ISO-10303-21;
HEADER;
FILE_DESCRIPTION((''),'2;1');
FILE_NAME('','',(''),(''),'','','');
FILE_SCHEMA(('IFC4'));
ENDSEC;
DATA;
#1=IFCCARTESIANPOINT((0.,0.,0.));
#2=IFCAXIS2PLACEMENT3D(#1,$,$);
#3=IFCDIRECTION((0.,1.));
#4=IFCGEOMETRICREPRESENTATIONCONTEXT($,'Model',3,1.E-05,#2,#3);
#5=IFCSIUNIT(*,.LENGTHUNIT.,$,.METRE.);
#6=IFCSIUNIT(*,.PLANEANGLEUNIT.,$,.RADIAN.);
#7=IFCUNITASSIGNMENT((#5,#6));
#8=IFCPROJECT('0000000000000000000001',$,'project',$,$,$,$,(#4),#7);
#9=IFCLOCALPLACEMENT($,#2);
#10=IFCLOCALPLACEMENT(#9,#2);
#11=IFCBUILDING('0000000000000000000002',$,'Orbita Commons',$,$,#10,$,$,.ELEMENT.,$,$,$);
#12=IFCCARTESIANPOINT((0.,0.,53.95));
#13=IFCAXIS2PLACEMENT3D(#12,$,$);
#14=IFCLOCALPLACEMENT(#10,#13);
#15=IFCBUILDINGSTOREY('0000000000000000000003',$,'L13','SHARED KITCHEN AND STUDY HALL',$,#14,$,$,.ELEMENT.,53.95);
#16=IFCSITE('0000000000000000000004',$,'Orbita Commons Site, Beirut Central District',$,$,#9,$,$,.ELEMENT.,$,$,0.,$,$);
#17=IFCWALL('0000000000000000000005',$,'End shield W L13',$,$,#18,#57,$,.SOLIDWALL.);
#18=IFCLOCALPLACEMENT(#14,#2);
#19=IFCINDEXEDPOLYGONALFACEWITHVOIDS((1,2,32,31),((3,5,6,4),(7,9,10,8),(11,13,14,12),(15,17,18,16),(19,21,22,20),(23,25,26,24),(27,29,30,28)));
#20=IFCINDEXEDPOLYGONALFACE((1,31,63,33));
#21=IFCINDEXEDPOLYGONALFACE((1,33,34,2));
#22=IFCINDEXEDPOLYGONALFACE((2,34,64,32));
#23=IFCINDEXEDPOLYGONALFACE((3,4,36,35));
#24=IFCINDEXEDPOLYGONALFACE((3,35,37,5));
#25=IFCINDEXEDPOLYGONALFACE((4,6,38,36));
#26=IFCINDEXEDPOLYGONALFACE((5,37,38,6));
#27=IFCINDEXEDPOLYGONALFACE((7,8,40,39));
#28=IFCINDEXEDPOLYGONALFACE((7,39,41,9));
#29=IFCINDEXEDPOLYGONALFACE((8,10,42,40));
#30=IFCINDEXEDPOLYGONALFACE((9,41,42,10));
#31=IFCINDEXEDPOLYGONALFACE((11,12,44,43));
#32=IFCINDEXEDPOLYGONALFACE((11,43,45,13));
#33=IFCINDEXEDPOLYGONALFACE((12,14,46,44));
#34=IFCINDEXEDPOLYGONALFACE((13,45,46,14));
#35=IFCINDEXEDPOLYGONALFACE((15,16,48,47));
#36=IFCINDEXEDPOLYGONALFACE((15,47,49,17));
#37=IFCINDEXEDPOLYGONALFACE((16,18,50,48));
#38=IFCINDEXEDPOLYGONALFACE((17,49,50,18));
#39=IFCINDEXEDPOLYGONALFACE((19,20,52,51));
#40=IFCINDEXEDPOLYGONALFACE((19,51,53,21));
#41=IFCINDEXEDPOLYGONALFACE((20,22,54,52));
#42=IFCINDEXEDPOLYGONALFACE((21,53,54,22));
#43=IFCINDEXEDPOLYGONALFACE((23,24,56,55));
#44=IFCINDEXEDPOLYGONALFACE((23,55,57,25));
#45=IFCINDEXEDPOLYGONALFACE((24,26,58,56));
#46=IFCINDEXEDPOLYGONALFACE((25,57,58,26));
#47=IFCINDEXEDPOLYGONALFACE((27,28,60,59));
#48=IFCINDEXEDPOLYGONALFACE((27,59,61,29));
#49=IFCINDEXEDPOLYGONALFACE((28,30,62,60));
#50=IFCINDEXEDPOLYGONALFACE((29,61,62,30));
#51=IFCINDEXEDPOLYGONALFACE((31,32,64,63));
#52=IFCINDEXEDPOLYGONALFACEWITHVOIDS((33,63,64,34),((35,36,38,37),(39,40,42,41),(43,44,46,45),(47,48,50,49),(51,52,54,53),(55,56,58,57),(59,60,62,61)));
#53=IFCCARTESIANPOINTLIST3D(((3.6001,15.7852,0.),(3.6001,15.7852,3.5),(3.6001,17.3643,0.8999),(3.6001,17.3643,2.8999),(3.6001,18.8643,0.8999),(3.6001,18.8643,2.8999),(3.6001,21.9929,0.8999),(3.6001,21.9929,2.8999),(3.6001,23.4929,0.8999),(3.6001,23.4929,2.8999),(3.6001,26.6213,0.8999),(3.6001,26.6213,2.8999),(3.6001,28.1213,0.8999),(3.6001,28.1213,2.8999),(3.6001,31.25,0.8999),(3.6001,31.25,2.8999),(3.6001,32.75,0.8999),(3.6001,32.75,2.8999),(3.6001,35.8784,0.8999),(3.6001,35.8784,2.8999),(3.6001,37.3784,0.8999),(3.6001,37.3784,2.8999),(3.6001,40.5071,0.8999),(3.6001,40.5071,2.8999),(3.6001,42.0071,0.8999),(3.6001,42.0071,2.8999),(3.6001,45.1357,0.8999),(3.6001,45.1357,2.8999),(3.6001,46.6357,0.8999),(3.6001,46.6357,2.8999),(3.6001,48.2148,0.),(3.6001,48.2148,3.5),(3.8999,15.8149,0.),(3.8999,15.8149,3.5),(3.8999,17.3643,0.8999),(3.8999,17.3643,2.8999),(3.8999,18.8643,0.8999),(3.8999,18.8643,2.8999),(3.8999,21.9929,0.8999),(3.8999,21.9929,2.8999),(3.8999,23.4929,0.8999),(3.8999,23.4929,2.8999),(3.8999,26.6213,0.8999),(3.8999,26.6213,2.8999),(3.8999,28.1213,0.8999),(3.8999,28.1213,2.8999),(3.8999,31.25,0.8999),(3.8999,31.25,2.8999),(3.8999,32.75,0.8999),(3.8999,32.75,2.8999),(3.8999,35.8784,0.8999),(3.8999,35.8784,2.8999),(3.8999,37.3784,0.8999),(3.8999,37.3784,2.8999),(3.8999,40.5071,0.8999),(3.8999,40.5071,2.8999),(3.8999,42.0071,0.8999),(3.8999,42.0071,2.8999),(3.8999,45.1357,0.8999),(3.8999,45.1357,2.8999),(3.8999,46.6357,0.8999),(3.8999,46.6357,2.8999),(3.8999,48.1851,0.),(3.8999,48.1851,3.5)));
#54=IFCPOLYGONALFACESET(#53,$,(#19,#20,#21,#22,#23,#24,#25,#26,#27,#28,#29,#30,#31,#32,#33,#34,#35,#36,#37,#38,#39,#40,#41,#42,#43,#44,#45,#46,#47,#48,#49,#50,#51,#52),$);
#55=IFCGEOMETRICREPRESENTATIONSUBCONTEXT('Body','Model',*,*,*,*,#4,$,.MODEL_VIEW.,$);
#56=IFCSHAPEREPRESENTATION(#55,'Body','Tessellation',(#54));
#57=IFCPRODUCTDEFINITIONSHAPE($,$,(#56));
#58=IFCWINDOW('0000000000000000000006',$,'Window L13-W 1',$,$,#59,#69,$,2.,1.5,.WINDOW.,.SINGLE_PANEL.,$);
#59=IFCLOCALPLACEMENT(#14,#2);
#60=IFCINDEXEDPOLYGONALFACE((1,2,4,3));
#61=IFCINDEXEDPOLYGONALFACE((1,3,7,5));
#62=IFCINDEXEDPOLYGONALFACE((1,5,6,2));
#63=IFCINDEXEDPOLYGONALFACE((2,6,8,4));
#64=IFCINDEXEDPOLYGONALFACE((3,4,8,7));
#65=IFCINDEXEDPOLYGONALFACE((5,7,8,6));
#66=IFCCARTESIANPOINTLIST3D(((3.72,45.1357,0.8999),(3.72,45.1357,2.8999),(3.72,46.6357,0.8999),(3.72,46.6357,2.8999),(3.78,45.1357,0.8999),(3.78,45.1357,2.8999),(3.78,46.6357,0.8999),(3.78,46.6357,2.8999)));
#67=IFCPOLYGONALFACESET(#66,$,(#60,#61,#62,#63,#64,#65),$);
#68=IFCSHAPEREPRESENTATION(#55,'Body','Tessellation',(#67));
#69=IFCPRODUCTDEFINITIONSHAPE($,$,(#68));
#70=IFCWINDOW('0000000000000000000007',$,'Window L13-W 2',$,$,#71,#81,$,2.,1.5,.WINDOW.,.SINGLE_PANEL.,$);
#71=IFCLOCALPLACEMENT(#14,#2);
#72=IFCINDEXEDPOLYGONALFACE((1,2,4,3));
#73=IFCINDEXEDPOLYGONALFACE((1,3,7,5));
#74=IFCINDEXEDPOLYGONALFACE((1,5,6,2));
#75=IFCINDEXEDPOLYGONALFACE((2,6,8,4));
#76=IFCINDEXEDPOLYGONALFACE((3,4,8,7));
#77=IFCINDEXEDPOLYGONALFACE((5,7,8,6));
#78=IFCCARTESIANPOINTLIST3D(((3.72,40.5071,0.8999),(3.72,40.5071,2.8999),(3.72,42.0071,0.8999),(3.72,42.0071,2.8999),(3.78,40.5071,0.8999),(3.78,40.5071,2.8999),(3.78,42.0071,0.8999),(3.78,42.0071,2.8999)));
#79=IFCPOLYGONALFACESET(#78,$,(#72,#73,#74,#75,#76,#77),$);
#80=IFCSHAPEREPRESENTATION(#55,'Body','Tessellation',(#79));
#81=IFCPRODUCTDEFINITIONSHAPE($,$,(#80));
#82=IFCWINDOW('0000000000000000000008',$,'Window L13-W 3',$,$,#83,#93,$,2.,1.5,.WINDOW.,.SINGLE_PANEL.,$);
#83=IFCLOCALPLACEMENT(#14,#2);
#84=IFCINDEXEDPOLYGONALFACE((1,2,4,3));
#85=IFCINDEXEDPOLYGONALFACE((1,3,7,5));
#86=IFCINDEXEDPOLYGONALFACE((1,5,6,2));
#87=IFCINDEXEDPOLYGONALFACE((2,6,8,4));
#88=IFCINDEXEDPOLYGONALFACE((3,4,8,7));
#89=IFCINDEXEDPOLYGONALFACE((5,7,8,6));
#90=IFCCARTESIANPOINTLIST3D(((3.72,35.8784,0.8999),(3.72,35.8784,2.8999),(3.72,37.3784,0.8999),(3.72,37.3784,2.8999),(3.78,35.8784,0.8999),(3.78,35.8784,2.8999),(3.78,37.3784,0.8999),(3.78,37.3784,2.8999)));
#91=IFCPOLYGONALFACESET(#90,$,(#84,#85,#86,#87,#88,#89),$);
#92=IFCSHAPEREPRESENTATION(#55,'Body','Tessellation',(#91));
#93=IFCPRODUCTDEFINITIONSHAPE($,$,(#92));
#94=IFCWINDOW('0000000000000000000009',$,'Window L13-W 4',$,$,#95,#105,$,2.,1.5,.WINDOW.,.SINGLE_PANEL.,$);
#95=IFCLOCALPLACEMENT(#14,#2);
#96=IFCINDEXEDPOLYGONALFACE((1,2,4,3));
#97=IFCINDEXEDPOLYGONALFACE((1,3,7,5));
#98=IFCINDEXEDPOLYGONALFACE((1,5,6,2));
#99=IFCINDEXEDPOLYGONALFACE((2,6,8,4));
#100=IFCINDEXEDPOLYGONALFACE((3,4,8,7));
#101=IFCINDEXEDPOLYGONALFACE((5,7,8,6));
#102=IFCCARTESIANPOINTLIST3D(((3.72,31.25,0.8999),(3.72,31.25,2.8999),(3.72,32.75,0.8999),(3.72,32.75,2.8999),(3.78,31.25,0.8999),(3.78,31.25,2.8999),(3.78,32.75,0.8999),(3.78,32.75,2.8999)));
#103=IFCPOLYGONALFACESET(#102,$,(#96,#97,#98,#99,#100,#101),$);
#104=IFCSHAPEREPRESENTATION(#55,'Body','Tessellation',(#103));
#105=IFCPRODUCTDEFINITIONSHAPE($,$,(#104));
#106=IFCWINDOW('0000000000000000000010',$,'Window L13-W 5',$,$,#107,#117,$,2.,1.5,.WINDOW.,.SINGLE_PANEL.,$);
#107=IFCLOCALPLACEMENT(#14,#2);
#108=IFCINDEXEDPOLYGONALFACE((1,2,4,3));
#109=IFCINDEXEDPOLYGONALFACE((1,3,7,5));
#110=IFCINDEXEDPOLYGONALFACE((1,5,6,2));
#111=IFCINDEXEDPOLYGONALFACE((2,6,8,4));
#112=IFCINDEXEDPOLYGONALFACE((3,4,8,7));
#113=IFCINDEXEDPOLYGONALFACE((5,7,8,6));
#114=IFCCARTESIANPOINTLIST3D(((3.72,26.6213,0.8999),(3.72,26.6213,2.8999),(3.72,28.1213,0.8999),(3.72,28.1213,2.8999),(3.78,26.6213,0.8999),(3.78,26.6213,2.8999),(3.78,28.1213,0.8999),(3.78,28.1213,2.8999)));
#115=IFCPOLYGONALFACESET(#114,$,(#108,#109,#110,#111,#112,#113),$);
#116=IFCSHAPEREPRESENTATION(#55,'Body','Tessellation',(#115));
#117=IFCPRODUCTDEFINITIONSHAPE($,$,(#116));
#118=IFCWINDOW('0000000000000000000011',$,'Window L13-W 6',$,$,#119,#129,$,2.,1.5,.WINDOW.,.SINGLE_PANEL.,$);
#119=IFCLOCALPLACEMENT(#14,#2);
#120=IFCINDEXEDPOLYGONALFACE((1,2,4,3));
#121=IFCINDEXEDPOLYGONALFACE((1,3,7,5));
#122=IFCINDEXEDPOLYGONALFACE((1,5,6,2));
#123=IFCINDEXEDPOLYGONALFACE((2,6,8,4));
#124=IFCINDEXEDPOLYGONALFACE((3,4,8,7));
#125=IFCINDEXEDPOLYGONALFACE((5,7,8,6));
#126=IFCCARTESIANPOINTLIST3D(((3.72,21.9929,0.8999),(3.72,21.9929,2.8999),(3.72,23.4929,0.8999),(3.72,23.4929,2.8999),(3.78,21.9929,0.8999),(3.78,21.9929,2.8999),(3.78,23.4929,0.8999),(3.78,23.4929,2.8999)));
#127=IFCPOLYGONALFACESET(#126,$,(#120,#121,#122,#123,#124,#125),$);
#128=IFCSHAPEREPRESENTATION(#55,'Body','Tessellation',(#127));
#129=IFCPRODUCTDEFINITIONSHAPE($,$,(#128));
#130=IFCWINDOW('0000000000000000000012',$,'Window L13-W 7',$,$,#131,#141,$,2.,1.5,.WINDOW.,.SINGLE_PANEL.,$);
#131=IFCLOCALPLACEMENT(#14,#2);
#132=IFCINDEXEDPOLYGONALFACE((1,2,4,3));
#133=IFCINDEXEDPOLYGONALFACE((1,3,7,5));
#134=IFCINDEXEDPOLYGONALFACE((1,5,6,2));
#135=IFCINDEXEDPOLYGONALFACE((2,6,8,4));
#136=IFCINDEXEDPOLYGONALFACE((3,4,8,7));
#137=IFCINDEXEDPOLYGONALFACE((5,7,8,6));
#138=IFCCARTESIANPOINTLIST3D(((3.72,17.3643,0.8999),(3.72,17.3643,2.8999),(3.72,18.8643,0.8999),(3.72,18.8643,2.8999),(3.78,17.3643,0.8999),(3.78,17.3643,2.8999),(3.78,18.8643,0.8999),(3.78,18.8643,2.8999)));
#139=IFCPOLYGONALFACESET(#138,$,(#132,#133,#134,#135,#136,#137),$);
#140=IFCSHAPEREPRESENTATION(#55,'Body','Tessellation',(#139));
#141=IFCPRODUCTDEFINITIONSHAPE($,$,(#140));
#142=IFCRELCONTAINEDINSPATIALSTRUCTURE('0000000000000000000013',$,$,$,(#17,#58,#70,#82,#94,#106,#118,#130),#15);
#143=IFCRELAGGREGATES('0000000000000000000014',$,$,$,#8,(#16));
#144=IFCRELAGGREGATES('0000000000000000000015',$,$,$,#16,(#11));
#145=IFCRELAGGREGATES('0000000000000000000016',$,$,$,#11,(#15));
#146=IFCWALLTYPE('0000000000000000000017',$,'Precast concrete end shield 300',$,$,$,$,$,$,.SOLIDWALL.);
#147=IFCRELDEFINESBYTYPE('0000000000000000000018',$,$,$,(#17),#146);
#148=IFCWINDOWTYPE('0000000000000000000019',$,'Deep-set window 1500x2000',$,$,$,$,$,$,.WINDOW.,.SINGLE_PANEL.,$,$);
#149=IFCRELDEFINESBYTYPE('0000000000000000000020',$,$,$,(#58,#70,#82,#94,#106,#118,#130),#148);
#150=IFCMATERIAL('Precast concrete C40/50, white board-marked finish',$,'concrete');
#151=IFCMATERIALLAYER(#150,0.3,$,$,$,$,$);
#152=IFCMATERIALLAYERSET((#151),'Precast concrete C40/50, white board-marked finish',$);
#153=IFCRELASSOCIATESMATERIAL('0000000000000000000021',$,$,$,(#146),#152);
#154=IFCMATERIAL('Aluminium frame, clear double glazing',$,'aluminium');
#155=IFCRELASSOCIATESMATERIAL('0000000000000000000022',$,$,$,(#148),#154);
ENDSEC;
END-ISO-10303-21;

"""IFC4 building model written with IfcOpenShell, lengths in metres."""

from ifc_helpers import new_model, si_unit, direction, frame, frame_2d, origin, place, context, subcontext, project, spatial, polyline, rectangle, outline, extrude, material, layer, layer_set, type_object, element, fill, save


model = new_model("IFC4")

# Units and contexts
model_context = context("Model", 3, precision=1e-05, world=origin(), true_north=direction((0.0, 1.0)))
body_context = subcontext(model_context, "Body", "Model", "MODEL_VIEW")
ifc_project = project(units=[si_unit("LENGTHUNIT", "METRE"), si_unit("PLANEANGLEUNIT", "RADIAN")], contexts=[model_context])

# Site, building, storey
site_placement = place(None, origin())
site = spatial("IfcSite", under=ifc_project, at=site_placement, Name="Orbita Commons Site, Beirut Central District", CompositionType="ELEMENT", RefElevation=0.0)
building_placement = place(site_placement, origin())
building = spatial("IfcBuilding", under=site, at=building_placement, Name="Orbita Commons", CompositionType="ELEMENT")
storey_placement = place(building_placement, frame((0.0, 0.0, 53.95)))
storey = spatial("IfcBuildingStorey", under=building, at=storey_placement, Name="L13", Description="SHARED KITCHEN AND STUDY HALL", CompositionType="ELEMENT", Elevation=53.95)

# Wall, openings, windows
ifc_material_1 = material(Name="Precast concrete C40/50, white board-marked finish", Category="concrete")
ifc_layer_1 = layer(ifc_material_1, 0.3)
ifc_layer_set_1 = layer_set([ifc_layer_1], Name="Precast concrete C40/50, white board-marked finish")
wall_type_1 = type_object("IfcWallType", Name="Precast concrete end shield 300", PredefinedType="SOLIDWALL", material=ifc_layer_set_1)
wall_1_placement = place(storey_placement, frame((3.75, 48.2, 0.0), z_axis=(0.0, 0.0, 1.0), x_axis=(0.0, -1.0, 0.0)))
wall_1 = element("IfcWall", 1, at=wall_1_placement, inside=storey, type_object=wall_type_1, Name="End shield W L13", PredefinedType="SOLIDWALL", context=body_context, shape_type="SweptSolid", body=[
    extrude(outline(polyline([(-0.0149, -0.1499), (32.4148, -0.1499), (32.385, 0.1499), (0.0149, 0.1499), (-0.0149, -0.1499)])), origin(), (0.0, 0.0, 1.0), 3.5),
])
opening_1_placement = place(wall_1_placement, frame((1.5642, 0.0, 0.8999)))
opening_1 = element("IfcOpeningElement", 2, at=opening_1_placement, cuts=wall_1, PredefinedType="OPENING", context=body_context, shape_type="SweptSolid", body=[
    extrude(rectangle(XDim=1.5, YDim=2.0, at=frame_2d((0.75, 1.0))), frame((0.0, 0.1599, 0.0), z_axis=(0.0, -1.0, 0.0), x_axis=(1.0, 0.0, 0.0)), (0.0, 0.0, 1.0), 0.3201),
])
opening_2_placement = place(wall_1_placement, frame((6.1929, 0.0, 0.8999)))
opening_2 = element("IfcOpeningElement", 3, at=opening_2_placement, cuts=wall_1, PredefinedType="OPENING", context=body_context, shape_type="SweptSolid", body=[
    extrude(rectangle(XDim=1.5, YDim=2.0, at=frame_2d((0.75, 1.0))), frame((0.0, 0.1599, 0.0), z_axis=(0.0, -1.0, 0.0), x_axis=(1.0, 0.0, 0.0)), (0.0, 0.0, 1.0), 0.3201),
])
opening_3_placement = place(wall_1_placement, frame((10.8215, 0.0, 0.8999)))
opening_3 = element("IfcOpeningElement", 4, at=opening_3_placement, cuts=wall_1, PredefinedType="OPENING", context=body_context, shape_type="SweptSolid", body=[
    extrude(rectangle(XDim=1.5, YDim=2.0, at=frame_2d((0.75, 1.0))), frame((0.0, 0.1599, 0.0), z_axis=(0.0, -1.0, 0.0), x_axis=(1.0, 0.0, 0.0)), (0.0, 0.0, 1.0), 0.3201),
])
opening_4_placement = place(wall_1_placement, frame((15.45, 0.0, 0.8999)))
opening_4 = element("IfcOpeningElement", 5, at=opening_4_placement, cuts=wall_1, PredefinedType="OPENING", context=body_context, shape_type="SweptSolid", body=[
    extrude(rectangle(XDim=1.5, YDim=2.0, at=frame_2d((0.75, 1.0))), frame((0.0, 0.1599, 0.0), z_axis=(0.0, -1.0, 0.0), x_axis=(1.0, 0.0, 0.0)), (0.0, 0.0, 1.0), 0.3201),
])
opening_5_placement = place(wall_1_placement, frame((20.0786, 0.0, 0.8999)))
opening_5 = element("IfcOpeningElement", 6, at=opening_5_placement, cuts=wall_1, PredefinedType="OPENING", context=body_context, shape_type="SweptSolid", body=[
    extrude(rectangle(XDim=1.5, YDim=2.0, at=frame_2d((0.75, 1.0))), frame((0.0, 0.1599, 0.0), z_axis=(0.0, -1.0, 0.0), x_axis=(1.0, 0.0, 0.0)), (0.0, 0.0, 1.0), 0.3201),
])
opening_6_placement = place(wall_1_placement, frame((24.707, 0.0, 0.8999)))
opening_6 = element("IfcOpeningElement", 7, at=opening_6_placement, cuts=wall_1, PredefinedType="OPENING", context=body_context, shape_type="SweptSolid", body=[
    extrude(rectangle(XDim=1.5, YDim=2.0, at=frame_2d((0.75, 1.0))), frame((0.0, 0.1599, 0.0), z_axis=(0.0, -1.0, 0.0), x_axis=(1.0, 0.0, 0.0)), (0.0, 0.0, 1.0), 0.3201),
])
opening_7_placement = place(wall_1_placement, frame((29.3357, 0.0, 0.8999)))
opening_7 = element("IfcOpeningElement", 8, at=opening_7_placement, cuts=wall_1, PredefinedType="OPENING", context=body_context, shape_type="SweptSolid", body=[
    extrude(rectangle(XDim=1.5, YDim=2.0, at=frame_2d((0.75, 1.0))), frame((0.0, 0.1599, 0.0), z_axis=(0.0, -1.0, 0.0), x_axis=(1.0, 0.0, 0.0)), (0.0, 0.0, 1.0), 0.3201),
])
ifc_material_2 = material(Name="Aluminium frame, clear double glazing", Category="aluminium")
window_type = type_object("IfcWindowType", Name="Deep-set window 1500x2000", PartitioningType="SINGLE_PANEL", PredefinedType="WINDOW", material=ifc_material_2)
window_1_placement = place(opening_1_placement, origin())
window_1 = element("IfcWindow", 9, at=window_1_placement, inside=storey, type_object=window_type, Name="Window L13-W 1", OverallHeight=2.0, OverallWidth=1.5, PartitioningType="SINGLE_PANEL", PredefinedType="WINDOW", context=body_context, shape_type="SweptSolid", body=[
    extrude(rectangle(XDim=1.5, YDim=2.0, at=frame_2d((0.75, 1.0))), frame((0.0, 0.03, 0.0), z_axis=(0.0, -1.0, 0.0), x_axis=(1.0, 0.0, 0.0)), (0.0, 0.0, 1.0), 0.0601),
])
fill(opening_1, window_1)
window_2_placement = place(opening_2_placement, origin())
window_2 = element("IfcWindow", 10, at=window_2_placement, inside=storey, type_object=window_type, Name="Window L13-W 2", OverallHeight=2.0, OverallWidth=1.5, PartitioningType="SINGLE_PANEL", PredefinedType="WINDOW", context=body_context, shape_type="SweptSolid", body=[
    extrude(rectangle(XDim=1.5, YDim=2.0, at=frame_2d((0.75, 1.0))), frame((0.0, 0.03, 0.0), z_axis=(0.0, -1.0, 0.0), x_axis=(1.0, 0.0, 0.0)), (0.0, 0.0, 1.0), 0.0601),
])
fill(opening_2, window_2)
window_3_placement = place(opening_3_placement, origin())
window_3 = element("IfcWindow", 11, at=window_3_placement, inside=storey, type_object=window_type, Name="Window L13-W 3", OverallHeight=2.0, OverallWidth=1.5, PartitioningType="SINGLE_PANEL", PredefinedType="WINDOW", context=body_context, shape_type="SweptSolid", body=[
    extrude(rectangle(XDim=1.5, YDim=2.0, at=frame_2d((0.75, 1.0))), frame((0.0, 0.03, 0.0), z_axis=(0.0, -1.0, 0.0), x_axis=(1.0, 0.0, 0.0)), (0.0, 0.0, 1.0), 0.0601),
])
fill(opening_3, window_3)
window_4_placement = place(opening_4_placement, origin())
window_4 = element("IfcWindow", 12, at=window_4_placement, inside=storey, type_object=window_type, Name="Window L13-W 4", OverallHeight=2.0, OverallWidth=1.5, PartitioningType="SINGLE_PANEL", PredefinedType="WINDOW", context=body_context, shape_type="SweptSolid", body=[
    extrude(rectangle(XDim=1.5, YDim=2.0, at=frame_2d((0.75, 1.0))), frame((0.0, 0.03, 0.0), z_axis=(0.0, -1.0, 0.0), x_axis=(1.0, 0.0, 0.0)), (0.0, 0.0, 1.0), 0.0601),
])
fill(opening_4, window_4)
window_5_placement = place(opening_5_placement, origin())
window_5 = element("IfcWindow", 13, at=window_5_placement, inside=storey, type_object=window_type, Name="Window L13-W 5", OverallHeight=2.0, OverallWidth=1.5, PartitioningType="SINGLE_PANEL", PredefinedType="WINDOW", context=body_context, shape_type="SweptSolid", body=[
    extrude(rectangle(XDim=1.5, YDim=2.0, at=frame_2d((0.75, 1.0))), frame((0.0, 0.03, 0.0), z_axis=(0.0, -1.0, 0.0), x_axis=(1.0, 0.0, 0.0)), (0.0, 0.0, 1.0), 0.0601),
])
fill(opening_5, window_5)
window_6_placement = place(opening_6_placement, origin())
window_6 = element("IfcWindow", 14, at=window_6_placement, inside=storey, type_object=window_type, Name="Window L13-W 6", OverallHeight=2.0, OverallWidth=1.5, PartitioningType="SINGLE_PANEL", PredefinedType="WINDOW", context=body_context, shape_type="SweptSolid", body=[
    extrude(rectangle(XDim=1.5, YDim=2.0, at=frame_2d((0.75, 1.0))), frame((0.0, 0.03, 0.0), z_axis=(0.0, -1.0, 0.0), x_axis=(1.0, 0.0, 0.0)), (0.0, 0.0, 1.0), 0.0601),
])
fill(opening_6, window_6)
window_7_placement = place(opening_7_placement, origin())
window_7 = element("IfcWindow", 15, at=window_7_placement, inside=storey, type_object=window_type, Name="Window L13-W 7", OverallHeight=2.0, OverallWidth=1.5, PartitioningType="SINGLE_PANEL", PredefinedType="WINDOW", context=body_context, shape_type="SweptSolid", body=[
    extrude(rectangle(XDim=1.5, YDim=2.0, at=frame_2d((0.75, 1.0))), frame((0.0, 0.03, 0.0), z_axis=(0.0, -1.0, 0.0), x_axis=(1.0, 0.0, 0.0)), (0.0, 0.0, 1.0), 0.0601),
])
fill(opening_7, window_7)

save(model, "model.ifc")
